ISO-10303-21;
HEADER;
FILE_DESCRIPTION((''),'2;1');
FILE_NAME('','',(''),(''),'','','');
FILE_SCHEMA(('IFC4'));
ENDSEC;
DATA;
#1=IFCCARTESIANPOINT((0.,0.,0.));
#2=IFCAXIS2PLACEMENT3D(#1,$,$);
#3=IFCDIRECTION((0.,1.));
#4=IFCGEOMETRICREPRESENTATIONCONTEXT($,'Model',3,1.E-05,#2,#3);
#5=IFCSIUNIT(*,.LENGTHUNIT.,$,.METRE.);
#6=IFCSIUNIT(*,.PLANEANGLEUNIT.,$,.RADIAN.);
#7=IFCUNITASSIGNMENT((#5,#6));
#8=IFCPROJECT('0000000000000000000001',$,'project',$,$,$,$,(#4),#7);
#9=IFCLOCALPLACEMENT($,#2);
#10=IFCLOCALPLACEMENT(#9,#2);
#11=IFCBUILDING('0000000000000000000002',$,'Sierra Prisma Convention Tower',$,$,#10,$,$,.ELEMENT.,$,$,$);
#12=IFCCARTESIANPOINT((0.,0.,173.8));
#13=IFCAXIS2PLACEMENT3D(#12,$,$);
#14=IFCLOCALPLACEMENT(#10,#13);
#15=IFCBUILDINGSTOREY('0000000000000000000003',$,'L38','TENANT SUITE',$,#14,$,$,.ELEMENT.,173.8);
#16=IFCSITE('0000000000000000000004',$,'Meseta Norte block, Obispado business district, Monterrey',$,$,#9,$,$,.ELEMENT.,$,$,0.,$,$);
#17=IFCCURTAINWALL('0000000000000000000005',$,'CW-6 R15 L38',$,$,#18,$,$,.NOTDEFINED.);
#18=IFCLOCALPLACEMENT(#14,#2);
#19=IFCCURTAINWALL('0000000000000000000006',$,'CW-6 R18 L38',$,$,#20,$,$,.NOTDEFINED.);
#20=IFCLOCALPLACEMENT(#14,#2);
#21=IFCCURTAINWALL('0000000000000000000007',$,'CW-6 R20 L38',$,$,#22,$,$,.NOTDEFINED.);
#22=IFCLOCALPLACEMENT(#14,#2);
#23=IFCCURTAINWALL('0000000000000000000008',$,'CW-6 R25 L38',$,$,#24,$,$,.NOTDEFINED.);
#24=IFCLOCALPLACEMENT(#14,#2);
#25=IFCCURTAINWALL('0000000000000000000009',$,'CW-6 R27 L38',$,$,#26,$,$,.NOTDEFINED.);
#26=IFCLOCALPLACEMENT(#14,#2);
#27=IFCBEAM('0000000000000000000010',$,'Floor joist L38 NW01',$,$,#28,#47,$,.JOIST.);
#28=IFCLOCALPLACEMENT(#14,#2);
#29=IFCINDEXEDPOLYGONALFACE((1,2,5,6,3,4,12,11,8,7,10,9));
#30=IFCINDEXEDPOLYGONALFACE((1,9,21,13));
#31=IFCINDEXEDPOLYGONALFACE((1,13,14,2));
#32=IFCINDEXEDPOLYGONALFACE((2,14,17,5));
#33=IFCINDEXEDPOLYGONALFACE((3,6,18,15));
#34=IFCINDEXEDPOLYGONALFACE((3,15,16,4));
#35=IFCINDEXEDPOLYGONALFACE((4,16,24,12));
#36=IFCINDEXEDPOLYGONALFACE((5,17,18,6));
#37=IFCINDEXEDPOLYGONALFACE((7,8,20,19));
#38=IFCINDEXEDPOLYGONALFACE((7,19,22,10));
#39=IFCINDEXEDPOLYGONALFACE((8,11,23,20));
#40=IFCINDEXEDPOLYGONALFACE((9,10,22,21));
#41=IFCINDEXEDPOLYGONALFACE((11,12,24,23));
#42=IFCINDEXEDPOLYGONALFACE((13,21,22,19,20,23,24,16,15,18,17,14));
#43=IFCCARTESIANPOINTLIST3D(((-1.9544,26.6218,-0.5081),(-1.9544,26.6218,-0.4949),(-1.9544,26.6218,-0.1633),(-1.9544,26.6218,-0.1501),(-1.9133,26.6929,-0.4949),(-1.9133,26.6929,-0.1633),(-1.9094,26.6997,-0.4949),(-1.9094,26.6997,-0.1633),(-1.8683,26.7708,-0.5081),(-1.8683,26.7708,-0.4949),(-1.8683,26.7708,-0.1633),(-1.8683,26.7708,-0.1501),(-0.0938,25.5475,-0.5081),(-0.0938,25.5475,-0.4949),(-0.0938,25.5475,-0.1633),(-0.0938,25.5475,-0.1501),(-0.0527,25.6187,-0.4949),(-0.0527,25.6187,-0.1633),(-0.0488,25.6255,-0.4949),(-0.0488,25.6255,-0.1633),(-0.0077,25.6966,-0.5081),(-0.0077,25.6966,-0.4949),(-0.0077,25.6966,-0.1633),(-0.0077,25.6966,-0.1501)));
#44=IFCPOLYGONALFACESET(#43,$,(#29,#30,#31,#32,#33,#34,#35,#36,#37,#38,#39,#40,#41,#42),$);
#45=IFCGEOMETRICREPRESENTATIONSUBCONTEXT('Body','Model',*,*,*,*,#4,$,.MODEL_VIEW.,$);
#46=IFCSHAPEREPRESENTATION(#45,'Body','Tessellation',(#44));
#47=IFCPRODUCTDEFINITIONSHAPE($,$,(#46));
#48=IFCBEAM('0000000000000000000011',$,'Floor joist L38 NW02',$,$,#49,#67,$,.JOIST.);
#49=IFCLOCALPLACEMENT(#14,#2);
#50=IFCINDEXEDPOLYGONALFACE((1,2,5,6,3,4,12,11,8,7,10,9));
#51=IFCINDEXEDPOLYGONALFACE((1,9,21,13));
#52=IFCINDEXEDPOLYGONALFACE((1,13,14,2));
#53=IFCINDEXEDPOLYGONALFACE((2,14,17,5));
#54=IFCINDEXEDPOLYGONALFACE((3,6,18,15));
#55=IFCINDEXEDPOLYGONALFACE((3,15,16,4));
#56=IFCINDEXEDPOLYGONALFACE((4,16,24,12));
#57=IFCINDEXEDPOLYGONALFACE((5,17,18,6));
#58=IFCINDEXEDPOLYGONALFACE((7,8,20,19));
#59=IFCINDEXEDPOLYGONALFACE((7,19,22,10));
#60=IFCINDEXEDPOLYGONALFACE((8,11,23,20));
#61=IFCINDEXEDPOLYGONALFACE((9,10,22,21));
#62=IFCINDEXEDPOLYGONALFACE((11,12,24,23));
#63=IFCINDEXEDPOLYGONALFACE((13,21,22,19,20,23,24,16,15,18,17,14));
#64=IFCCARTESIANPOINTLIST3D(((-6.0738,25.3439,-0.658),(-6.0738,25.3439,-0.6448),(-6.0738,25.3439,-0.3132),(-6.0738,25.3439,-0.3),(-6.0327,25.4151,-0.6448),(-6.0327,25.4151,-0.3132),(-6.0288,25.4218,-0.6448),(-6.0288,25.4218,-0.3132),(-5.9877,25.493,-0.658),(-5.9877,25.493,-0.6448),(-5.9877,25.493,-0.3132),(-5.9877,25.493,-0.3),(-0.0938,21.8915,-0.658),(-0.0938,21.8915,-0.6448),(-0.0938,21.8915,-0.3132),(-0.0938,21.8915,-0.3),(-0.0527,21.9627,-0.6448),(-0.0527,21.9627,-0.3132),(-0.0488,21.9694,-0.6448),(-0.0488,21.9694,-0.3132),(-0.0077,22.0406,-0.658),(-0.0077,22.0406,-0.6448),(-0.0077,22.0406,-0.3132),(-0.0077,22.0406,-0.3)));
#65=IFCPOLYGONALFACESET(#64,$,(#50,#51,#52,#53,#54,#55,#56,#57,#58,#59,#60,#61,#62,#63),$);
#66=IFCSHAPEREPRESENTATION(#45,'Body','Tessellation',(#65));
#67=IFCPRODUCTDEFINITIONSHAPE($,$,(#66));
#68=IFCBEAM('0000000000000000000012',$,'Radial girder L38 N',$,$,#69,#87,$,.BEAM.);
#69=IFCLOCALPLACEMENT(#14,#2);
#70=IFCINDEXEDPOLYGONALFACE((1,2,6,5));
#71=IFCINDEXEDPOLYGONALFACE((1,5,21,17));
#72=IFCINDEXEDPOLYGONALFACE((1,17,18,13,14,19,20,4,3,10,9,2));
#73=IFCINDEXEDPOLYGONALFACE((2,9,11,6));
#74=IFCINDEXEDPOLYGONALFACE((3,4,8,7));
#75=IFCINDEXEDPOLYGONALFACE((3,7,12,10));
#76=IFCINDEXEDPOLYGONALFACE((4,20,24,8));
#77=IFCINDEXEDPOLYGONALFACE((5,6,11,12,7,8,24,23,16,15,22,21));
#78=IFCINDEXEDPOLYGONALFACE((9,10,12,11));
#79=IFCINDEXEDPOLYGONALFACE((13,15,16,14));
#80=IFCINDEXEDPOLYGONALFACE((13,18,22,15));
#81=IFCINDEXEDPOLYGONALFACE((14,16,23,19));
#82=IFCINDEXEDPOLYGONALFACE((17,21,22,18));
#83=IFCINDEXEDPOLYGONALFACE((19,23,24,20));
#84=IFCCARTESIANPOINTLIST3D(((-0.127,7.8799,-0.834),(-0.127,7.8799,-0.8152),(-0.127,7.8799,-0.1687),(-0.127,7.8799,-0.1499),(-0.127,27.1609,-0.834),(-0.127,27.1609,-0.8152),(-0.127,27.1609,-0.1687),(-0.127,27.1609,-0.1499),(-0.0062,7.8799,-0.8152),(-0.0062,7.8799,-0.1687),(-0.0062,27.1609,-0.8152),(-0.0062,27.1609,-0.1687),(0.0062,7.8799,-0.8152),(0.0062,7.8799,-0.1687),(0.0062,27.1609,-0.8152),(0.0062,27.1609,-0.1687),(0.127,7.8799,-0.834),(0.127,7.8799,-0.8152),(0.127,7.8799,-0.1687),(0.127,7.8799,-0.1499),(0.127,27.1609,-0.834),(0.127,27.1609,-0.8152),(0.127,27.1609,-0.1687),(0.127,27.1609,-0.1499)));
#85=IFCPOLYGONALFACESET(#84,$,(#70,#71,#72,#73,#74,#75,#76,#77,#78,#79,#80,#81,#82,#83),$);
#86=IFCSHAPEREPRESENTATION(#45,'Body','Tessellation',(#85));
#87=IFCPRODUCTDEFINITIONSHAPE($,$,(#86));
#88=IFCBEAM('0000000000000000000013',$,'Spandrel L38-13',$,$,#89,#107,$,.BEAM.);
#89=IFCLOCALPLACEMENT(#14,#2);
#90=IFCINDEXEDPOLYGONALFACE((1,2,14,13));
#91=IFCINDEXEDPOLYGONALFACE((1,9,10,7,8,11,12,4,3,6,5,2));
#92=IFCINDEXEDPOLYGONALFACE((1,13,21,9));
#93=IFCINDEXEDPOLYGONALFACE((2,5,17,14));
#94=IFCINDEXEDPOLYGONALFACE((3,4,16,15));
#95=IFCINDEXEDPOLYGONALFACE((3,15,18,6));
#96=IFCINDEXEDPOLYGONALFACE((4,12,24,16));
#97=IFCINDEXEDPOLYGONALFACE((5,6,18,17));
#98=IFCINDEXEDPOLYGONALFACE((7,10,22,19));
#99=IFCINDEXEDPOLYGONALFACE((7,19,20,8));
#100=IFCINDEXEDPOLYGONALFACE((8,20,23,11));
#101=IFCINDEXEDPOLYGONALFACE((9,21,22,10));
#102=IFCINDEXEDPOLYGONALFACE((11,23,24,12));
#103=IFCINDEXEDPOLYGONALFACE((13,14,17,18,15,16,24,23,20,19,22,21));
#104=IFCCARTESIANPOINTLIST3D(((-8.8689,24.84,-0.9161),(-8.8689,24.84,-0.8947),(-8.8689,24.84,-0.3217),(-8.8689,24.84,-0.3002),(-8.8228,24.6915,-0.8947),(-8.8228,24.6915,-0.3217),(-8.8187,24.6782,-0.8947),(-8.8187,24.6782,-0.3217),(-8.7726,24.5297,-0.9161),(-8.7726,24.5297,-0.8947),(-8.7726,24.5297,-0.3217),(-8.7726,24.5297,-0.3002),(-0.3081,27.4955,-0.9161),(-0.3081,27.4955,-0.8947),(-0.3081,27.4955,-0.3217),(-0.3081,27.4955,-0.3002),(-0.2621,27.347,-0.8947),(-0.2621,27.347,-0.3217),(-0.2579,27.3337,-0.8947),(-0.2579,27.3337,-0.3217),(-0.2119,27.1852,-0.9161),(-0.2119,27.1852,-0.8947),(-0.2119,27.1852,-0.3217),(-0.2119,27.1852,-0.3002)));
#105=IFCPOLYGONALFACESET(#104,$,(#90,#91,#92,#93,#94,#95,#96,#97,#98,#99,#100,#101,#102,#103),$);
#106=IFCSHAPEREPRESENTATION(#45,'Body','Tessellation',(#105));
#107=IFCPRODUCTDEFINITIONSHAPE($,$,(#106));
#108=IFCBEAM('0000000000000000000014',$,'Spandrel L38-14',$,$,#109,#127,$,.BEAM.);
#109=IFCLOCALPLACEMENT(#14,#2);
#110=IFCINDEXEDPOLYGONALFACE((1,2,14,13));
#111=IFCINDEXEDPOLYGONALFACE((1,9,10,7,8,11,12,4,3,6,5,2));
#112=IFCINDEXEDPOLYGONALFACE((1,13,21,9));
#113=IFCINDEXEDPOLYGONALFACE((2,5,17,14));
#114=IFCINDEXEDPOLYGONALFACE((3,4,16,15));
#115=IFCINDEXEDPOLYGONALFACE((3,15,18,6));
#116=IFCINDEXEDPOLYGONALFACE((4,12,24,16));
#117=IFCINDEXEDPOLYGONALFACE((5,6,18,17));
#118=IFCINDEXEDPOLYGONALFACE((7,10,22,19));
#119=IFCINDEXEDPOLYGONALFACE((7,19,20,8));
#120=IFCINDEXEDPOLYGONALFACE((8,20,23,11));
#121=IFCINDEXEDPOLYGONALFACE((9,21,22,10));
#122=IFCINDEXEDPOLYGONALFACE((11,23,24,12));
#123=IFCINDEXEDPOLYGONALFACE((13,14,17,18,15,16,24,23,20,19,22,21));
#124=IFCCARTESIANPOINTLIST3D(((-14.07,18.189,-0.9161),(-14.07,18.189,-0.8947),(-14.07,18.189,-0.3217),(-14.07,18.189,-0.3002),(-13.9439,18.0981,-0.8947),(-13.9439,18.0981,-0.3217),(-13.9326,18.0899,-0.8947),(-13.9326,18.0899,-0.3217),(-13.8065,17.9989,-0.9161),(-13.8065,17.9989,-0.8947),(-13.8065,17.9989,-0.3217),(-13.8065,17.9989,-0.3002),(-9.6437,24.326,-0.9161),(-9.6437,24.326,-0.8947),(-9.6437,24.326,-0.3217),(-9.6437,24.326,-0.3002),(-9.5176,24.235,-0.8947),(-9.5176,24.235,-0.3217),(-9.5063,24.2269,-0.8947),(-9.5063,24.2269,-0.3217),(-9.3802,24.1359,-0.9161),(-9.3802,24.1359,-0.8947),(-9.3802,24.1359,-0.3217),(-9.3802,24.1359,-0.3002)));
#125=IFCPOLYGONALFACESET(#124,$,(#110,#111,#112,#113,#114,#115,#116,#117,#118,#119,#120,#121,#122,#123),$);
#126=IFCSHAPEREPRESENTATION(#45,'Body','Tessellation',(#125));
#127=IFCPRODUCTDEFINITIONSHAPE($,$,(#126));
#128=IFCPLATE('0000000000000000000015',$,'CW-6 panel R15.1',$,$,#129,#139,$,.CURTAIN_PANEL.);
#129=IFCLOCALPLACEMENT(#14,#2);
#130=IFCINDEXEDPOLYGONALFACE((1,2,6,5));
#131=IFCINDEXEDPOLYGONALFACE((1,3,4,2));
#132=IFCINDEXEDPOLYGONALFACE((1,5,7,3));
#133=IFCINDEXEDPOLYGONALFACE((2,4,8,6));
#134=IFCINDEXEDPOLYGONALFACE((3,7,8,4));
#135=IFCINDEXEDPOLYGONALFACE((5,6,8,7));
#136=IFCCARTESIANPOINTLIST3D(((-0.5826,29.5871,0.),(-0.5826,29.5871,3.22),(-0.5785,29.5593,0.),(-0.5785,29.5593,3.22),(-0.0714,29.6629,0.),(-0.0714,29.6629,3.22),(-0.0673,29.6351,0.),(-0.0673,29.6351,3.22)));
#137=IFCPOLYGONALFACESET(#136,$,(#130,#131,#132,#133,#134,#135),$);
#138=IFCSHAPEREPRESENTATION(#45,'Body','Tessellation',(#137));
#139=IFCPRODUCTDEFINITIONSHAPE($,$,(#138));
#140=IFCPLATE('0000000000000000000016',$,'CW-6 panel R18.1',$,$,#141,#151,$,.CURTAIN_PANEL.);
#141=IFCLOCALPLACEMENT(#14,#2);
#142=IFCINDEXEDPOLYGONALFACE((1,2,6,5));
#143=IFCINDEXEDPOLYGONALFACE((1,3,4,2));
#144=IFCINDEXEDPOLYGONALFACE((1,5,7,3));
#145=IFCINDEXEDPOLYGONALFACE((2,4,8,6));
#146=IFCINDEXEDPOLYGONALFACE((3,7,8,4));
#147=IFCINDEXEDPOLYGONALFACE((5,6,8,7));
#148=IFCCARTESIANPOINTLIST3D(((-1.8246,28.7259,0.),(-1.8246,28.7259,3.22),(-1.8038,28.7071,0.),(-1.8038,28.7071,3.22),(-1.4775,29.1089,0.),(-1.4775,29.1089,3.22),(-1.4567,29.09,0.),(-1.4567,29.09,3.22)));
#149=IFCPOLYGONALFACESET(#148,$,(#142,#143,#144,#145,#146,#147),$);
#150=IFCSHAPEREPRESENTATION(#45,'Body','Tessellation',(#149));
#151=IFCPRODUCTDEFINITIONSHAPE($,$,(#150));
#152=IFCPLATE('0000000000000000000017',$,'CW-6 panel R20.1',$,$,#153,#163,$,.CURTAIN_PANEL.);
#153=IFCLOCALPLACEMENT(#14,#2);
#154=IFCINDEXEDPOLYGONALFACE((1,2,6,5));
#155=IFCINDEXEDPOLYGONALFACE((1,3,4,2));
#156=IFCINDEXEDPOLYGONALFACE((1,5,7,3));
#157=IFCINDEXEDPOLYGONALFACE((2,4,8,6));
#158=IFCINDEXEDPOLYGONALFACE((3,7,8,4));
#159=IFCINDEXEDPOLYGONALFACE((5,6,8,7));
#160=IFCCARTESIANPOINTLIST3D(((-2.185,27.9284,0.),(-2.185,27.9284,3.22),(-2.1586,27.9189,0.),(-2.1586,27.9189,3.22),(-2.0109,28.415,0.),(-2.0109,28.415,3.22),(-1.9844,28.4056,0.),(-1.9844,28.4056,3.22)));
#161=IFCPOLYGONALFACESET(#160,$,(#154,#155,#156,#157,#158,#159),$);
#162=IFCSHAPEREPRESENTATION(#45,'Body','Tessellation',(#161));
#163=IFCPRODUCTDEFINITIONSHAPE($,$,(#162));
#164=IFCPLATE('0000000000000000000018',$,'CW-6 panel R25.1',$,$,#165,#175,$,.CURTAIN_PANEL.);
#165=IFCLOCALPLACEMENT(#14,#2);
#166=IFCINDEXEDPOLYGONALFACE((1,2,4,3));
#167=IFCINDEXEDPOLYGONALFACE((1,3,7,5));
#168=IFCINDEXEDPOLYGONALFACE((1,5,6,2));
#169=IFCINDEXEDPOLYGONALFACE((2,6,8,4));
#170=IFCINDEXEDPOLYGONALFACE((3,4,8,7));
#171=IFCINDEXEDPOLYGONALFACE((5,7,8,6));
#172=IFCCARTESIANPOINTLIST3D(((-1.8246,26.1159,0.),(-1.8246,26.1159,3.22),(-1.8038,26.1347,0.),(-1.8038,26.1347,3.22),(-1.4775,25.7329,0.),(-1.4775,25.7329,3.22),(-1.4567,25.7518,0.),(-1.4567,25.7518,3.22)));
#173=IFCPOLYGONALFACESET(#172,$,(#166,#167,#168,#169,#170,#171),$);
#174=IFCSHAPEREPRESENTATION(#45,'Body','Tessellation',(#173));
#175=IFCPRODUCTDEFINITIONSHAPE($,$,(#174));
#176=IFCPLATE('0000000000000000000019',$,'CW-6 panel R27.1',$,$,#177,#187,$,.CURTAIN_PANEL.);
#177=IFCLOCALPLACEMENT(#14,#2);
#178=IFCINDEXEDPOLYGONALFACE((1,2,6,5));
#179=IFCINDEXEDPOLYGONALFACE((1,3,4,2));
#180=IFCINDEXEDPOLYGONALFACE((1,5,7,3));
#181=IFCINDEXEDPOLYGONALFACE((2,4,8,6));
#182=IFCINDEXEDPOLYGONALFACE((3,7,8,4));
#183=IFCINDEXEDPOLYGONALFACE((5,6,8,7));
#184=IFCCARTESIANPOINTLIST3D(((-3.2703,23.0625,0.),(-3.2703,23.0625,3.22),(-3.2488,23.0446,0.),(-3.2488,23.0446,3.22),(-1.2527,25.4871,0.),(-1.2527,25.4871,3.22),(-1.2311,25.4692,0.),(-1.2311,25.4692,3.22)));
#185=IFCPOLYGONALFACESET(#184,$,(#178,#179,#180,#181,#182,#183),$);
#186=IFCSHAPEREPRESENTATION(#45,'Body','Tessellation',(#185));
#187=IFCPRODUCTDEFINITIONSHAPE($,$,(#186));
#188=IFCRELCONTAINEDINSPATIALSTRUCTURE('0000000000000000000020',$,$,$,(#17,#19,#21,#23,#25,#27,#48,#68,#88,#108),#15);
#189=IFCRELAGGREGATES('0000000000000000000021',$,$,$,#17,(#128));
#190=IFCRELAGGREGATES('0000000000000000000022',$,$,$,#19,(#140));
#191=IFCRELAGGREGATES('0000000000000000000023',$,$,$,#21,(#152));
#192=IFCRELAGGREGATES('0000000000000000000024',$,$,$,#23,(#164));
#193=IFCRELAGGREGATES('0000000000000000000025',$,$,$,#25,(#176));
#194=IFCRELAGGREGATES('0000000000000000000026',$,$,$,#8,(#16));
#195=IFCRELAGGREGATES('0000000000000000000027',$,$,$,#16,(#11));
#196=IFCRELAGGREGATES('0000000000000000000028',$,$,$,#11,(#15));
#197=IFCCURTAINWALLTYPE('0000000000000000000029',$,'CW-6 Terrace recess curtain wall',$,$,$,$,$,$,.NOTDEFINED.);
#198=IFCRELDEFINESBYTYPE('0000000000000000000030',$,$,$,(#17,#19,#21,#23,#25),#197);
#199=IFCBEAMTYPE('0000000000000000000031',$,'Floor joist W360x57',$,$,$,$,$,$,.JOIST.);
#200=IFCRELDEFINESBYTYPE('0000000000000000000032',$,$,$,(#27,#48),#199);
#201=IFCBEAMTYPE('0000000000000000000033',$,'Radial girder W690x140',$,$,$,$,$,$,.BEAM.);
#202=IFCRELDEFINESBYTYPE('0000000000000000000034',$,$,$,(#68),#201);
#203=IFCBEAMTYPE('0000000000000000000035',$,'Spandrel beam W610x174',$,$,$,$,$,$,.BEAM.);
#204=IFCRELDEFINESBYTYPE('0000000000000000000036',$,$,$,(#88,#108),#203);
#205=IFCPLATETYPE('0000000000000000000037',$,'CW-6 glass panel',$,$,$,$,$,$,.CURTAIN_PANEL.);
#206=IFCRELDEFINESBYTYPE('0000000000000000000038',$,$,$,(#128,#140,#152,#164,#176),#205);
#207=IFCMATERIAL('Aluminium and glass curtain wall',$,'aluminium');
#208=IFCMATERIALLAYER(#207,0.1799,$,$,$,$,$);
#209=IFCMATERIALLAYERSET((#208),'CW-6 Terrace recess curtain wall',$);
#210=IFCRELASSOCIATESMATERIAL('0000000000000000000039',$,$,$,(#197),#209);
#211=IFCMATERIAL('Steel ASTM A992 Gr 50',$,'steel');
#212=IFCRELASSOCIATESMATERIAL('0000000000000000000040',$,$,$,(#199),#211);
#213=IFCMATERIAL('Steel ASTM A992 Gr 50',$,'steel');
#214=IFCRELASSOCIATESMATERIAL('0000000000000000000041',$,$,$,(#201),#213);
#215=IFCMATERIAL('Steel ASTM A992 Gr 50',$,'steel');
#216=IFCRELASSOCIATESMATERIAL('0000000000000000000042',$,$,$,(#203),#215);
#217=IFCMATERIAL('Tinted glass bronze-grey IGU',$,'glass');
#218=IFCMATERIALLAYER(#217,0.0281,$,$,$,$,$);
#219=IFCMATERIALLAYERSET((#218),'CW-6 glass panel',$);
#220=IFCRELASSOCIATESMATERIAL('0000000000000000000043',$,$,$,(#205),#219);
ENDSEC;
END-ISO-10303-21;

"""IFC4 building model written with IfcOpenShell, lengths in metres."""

from ifc_helpers import new_model, si_unit, direction, frame, origin, origin_2d, place, context, subcontext, project, spatial, rectangle, i_section, extrude, material, layer, layer_set, material_profile, profile_set, type_object, element, aggregate, save


model = new_model("IFC4")

# Units and contexts
model_context = context("Model", 3, precision=1e-05, world=origin(), true_north=direction((0.0, 1.0)))
body_context = subcontext(model_context, "Body", "Model", "MODEL_VIEW")
ifc_project = project(units=[si_unit("LENGTHUNIT", "METRE"), si_unit("PLANEANGLEUNIT", "RADIAN")], contexts=[model_context])

# Site, building, storey
site_placement = place(None, origin())
site = spatial("IfcSite", under=ifc_project, at=site_placement, Name="Meseta Norte block, Obispado business district, Monterrey", CompositionType="ELEMENT", RefElevation=0.0)
building_placement = place(site_placement, origin())
building = spatial("IfcBuilding", under=site, at=building_placement, Name="Sierra Prisma Convention Tower", CompositionType="ELEMENT")
storey_placement = place(building_placement, frame((0.0, 0.0, 173.8)))
storey = spatial("IfcBuildingStorey", under=building, at=storey_placement, Name="L38", Description="TENANT SUITE", CompositionType="ELEMENT", Elevation=173.8)

# Curtain walls
ifc_material_1 = material(Name="Aluminium and glass curtain wall", Category="aluminium")
ifc_layer_1 = layer(ifc_material_1, 0.1799)
ifc_layer_set_1 = layer_set([ifc_layer_1], Name="CW-6 Terrace recess curtain wall")
curtain_wall_type = type_object("IfcCurtainWallType", Name="CW-6 Terrace recess curtain wall", PredefinedType="NOTDEFINED", material=ifc_layer_set_1)
curtain_wall_1_placement = place(storey_placement, origin())
curtain_wall_1 = element("IfcCurtainWall", 1, at=curtain_wall_1_placement, inside=storey, type_object=curtain_wall_type, Name="CW-6 R15 L38", PredefinedType="NOTDEFINED")
curtain_wall_2_placement = place(storey_placement, origin())
curtain_wall_2 = element("IfcCurtainWall", 2, at=curtain_wall_2_placement, inside=storey, type_object=curtain_wall_type, Name="CW-6 R18 L38", PredefinedType="NOTDEFINED")
curtain_wall_3_placement = place(storey_placement, origin())
curtain_wall_3 = element("IfcCurtainWall", 3, at=curtain_wall_3_placement, inside=storey, type_object=curtain_wall_type, Name="CW-6 R20 L38", PredefinedType="NOTDEFINED")
curtain_wall_4_placement = place(storey_placement, origin())
curtain_wall_4 = element("IfcCurtainWall", 4, at=curtain_wall_4_placement, inside=storey, type_object=curtain_wall_type, Name="CW-6 R25 L38", PredefinedType="NOTDEFINED")
curtain_wall_5_placement = place(storey_placement, origin())
curtain_wall_5 = element("IfcCurtainWall", 5, at=curtain_wall_5_placement, inside=storey, type_object=curtain_wall_type, Name="CW-6 R27 L38", PredefinedType="NOTDEFINED")

# Beams
ifc_material_2 = material(Name="Steel ASTM A992 Gr 50", Category="steel")
ifc_material_profile_1 = material_profile(ifc_material_2, i_section(OverallWidth=0.1721, OverallDepth=0.3579, WebThickness=0.0078, FlangeThickness=0.0132, at=origin_2d()), Name="W360x57")
ifc_profile_set_1 = profile_set([ifc_material_profile_1], Name="Steel ASTM A992 Gr 50")
beam_type_1 = type_object("IfcBeamType", Name="Floor joist W360x57", PredefinedType="JOIST", material=ifc_profile_set_1)
beam_1_placement = place(storey_placement, frame((-1.9114, 26.6963, -0.3291), z_axis=(0.866025, -0.500001, 0.0), x_axis=(0.500001, 0.866025, 0.0)))
element("IfcBeam", 6, at=beam_1_placement, inside=storey, type_object=beam_type_1, Name="Floor joist L38 NW01", PredefinedType="JOIST", context=body_context, shape_type="SweptSolid", body=[
    extrude(i_section(OverallWidth=0.1721, OverallDepth=0.3579, WebThickness=0.0078, FlangeThickness=0.0132, at=origin_2d()), origin(), (0.0, 0.0, 1.0), 2.1484),
])
beam_2_placement = place(storey_placement, frame((-6.0308, 25.4185, -0.479), z_axis=(0.866035, -0.499984, 0.0), x_axis=(0.499984, 0.866035, 0.0)))
element("IfcBeam", 7, at=beam_2_placement, inside=storey, type_object=beam_type_1, Name="Floor joist L38 NW02", PredefinedType="JOIST", context=body_context, shape_type="SweptSolid", body=[
    extrude(i_section(OverallWidth=0.1721, OverallDepth=0.3579, WebThickness=0.0078, FlangeThickness=0.0132, at=origin_2d()), origin(), (0.0, 0.0, 1.0), 6.905),
])
ifc_material_3 = material(Name="Steel ASTM A992 Gr 50", Category="steel")
ifc_material_profile_2 = material_profile(ifc_material_3, i_section(OverallWidth=0.2539, OverallDepth=0.6841, WebThickness=0.0125, FlangeThickness=0.0188, at=origin_2d()), Name="W690x140")
ifc_profile_set_2 = profile_set([ifc_material_profile_2], Name="Steel ASTM A992 Gr 50")
beam_type_2 = type_object("IfcBeamType", Name="Radial girder W690x140", PredefinedType="BEAM", material=ifc_profile_set_2)
beam_3_placement = place(storey_placement, frame((0.0, 27.1609, -0.4919), z_axis=(0.0, -1.0, 0.0), x_axis=(1.0, 0.0, 0.0)))
element("IfcBeam", 8, at=beam_3_placement, inside=storey, type_object=beam_type_2, Name="Radial girder L38 N", PredefinedType="BEAM", context=body_context, shape_type="SweptSolid", body=[
    extrude(i_section(OverallWidth=0.2539, OverallDepth=0.6841, WebThickness=0.0125, FlangeThickness=0.0188, at=origin_2d()), origin(), (0.0, 0.0, 1.0), 19.281),
])
ifc_material_4 = material(Name="Steel ASTM A992 Gr 50", Category="steel")
ifc_material_profile_3 = material_profile(ifc_material_4, i_section(OverallWidth=0.325, OverallDepth=0.616, WebThickness=0.0139, FlangeThickness=0.0215, at=origin_2d()), Name="W610x174")
ifc_profile_set_3 = profile_set([ifc_material_profile_3], Name="Steel ASTM A992 Gr 50")
beam_type_3 = type_object("IfcBeamType", Name="Spandrel beam W610x174", PredefinedType="BEAM", material=ifc_profile_set_3)
beam_4_placement = place(storey_placement, frame((-0.26, 27.3403, -0.6082), z_axis=(-0.955105, -0.296269, 0.0), x_axis=(0.296269, -0.955105, 0.0)))
element("IfcBeam", 9, at=beam_4_placement, inside=storey, type_object=beam_type_3, Name="Spandrel L38-13", PredefinedType="BEAM", context=body_context, shape_type="SweptSolid", body=[
    extrude(i_section(OverallWidth=0.325, OverallDepth=0.616, WebThickness=0.0139, FlangeThickness=0.0215, at=origin_2d()), origin(), (0.0, 0.0, 1.0), 8.9631),
])
beam_5_placement = place(storey_placement, frame((-9.512, 24.231, -0.6082), z_axis=(-0.584971, -0.811054, 0.0), x_axis=(0.811054, -0.584971, 0.0)))
element("IfcBeam", 10, at=beam_5_placement, inside=storey, type_object=beam_type_3, Name="Spandrel L38-14", PredefinedType="BEAM", context=body_context, shape_type="SweptSolid", body=[
    extrude(i_section(OverallWidth=0.325, OverallDepth=0.616, WebThickness=0.0139, FlangeThickness=0.0215, at=origin_2d()), origin(), (0.0, 0.0, 1.0), 7.5667),
])

# Plates
ifc_material_5 = material(Name="Tinted glass bronze-grey IGU", Category="glass")
ifc_layer_2 = layer(ifc_material_5, 0.0281)
ifc_layer_set_2 = layer_set([ifc_layer_2], Name="CW-6 glass panel")
plate_type = type_object("IfcPlateType", Name="CW-6 glass panel", PredefinedType="CURTAIN_PANEL", material=ifc_layer_set_2)
plate_1_placement = place(storey_placement, frame((-0.325, 29.6111, 0.0), z_axis=(0.0, 0.0, 1.0), x_axis=(-0.989177, -0.14673, 0.0)))
plate_1 = element("IfcPlate", 11, at=plate_1_placement, type_object=plate_type, Name="CW-6 panel R15.1", PredefinedType="CURTAIN_PANEL", context=body_context, shape_type="SweptSolid", body=[
    extrude(rectangle(XDim=0.5168, YDim=0.0281, at=origin_2d()), origin(), (0.0, 0.0, 1.0), 3.22),
])
aggregate(curtain_wall_1, [plate_1])
plate_2_placement = place(storey_placement, frame((-1.6406, 28.908, 0.0), z_axis=(0.0, 0.0, 1.0), x_axis=(-0.671559, -0.740951, 0.0)))
plate_2 = element("IfcPlate", 12, at=plate_2_placement, type_object=plate_type, Name="CW-6 panel R18.1", PredefinedType="CURTAIN_PANEL", context=body_context, shape_type="SweptSolid", body=[
    extrude(rectangle(XDim=0.5168, YDim=0.0281, at=origin_2d()), origin(), (0.0, 0.0, 1.0), 3.22),
])
aggregate(curtain_wall_2, [plate_2])
plate_3_placement = place(storey_placement, frame((-2.0847, 28.167, 0.0), z_axis=(0.0, 0.0, 1.0), x_axis=(-0.33689, -0.941544, 0.0)))
plate_3 = element("IfcPlate", 13, at=plate_3_placement, type_object=plate_type, Name="CW-6 panel R20.1", PredefinedType="CURTAIN_PANEL", context=body_context, shape_type="SweptSolid", body=[
    extrude(rectangle(XDim=0.5168, YDim=0.0281, at=origin_2d()), origin(), (0.0, 0.0, 1.0), 3.22),
])
aggregate(curtain_wall_3, [plate_3])
plate_4_placement = place(storey_placement, frame((-1.6406, 25.9338, 0.0), z_axis=(0.0, 0.0, 1.0), x_axis=(0.671559, -0.740951, 0.0)))
plate_4 = element("IfcPlate", 14, at=plate_4_placement, type_object=plate_type, Name="CW-6 panel R25.1", PredefinedType="CURTAIN_PANEL", context=body_context, shape_type="SweptSolid", body=[
    extrude(rectangle(XDim=0.5168, YDim=0.0281, at=origin_2d()), origin(), (0.0, 0.0, 1.0), 3.22),
])
aggregate(curtain_wall_4, [plate_4])
plate_5_placement = place(storey_placement, frame((-2.2507, 24.2659, 0.0), z_axis=(0.0, 0.0, 1.0), x_axis=(-0.639651, -0.768666, 0.0)))
plate_5 = element("IfcPlate", 15, at=plate_5_placement, type_object=plate_type, Name="CW-6 panel R27.1", PredefinedType="CURTAIN_PANEL", context=body_context, shape_type="SweptSolid", body=[
    extrude(rectangle(XDim=3.1543, YDim=0.0281, at=origin_2d()), origin(), (0.0, 0.0, 1.0), 3.22),
])
aggregate(curtain_wall_5, [plate_5])

save(model, "model.ifc")
